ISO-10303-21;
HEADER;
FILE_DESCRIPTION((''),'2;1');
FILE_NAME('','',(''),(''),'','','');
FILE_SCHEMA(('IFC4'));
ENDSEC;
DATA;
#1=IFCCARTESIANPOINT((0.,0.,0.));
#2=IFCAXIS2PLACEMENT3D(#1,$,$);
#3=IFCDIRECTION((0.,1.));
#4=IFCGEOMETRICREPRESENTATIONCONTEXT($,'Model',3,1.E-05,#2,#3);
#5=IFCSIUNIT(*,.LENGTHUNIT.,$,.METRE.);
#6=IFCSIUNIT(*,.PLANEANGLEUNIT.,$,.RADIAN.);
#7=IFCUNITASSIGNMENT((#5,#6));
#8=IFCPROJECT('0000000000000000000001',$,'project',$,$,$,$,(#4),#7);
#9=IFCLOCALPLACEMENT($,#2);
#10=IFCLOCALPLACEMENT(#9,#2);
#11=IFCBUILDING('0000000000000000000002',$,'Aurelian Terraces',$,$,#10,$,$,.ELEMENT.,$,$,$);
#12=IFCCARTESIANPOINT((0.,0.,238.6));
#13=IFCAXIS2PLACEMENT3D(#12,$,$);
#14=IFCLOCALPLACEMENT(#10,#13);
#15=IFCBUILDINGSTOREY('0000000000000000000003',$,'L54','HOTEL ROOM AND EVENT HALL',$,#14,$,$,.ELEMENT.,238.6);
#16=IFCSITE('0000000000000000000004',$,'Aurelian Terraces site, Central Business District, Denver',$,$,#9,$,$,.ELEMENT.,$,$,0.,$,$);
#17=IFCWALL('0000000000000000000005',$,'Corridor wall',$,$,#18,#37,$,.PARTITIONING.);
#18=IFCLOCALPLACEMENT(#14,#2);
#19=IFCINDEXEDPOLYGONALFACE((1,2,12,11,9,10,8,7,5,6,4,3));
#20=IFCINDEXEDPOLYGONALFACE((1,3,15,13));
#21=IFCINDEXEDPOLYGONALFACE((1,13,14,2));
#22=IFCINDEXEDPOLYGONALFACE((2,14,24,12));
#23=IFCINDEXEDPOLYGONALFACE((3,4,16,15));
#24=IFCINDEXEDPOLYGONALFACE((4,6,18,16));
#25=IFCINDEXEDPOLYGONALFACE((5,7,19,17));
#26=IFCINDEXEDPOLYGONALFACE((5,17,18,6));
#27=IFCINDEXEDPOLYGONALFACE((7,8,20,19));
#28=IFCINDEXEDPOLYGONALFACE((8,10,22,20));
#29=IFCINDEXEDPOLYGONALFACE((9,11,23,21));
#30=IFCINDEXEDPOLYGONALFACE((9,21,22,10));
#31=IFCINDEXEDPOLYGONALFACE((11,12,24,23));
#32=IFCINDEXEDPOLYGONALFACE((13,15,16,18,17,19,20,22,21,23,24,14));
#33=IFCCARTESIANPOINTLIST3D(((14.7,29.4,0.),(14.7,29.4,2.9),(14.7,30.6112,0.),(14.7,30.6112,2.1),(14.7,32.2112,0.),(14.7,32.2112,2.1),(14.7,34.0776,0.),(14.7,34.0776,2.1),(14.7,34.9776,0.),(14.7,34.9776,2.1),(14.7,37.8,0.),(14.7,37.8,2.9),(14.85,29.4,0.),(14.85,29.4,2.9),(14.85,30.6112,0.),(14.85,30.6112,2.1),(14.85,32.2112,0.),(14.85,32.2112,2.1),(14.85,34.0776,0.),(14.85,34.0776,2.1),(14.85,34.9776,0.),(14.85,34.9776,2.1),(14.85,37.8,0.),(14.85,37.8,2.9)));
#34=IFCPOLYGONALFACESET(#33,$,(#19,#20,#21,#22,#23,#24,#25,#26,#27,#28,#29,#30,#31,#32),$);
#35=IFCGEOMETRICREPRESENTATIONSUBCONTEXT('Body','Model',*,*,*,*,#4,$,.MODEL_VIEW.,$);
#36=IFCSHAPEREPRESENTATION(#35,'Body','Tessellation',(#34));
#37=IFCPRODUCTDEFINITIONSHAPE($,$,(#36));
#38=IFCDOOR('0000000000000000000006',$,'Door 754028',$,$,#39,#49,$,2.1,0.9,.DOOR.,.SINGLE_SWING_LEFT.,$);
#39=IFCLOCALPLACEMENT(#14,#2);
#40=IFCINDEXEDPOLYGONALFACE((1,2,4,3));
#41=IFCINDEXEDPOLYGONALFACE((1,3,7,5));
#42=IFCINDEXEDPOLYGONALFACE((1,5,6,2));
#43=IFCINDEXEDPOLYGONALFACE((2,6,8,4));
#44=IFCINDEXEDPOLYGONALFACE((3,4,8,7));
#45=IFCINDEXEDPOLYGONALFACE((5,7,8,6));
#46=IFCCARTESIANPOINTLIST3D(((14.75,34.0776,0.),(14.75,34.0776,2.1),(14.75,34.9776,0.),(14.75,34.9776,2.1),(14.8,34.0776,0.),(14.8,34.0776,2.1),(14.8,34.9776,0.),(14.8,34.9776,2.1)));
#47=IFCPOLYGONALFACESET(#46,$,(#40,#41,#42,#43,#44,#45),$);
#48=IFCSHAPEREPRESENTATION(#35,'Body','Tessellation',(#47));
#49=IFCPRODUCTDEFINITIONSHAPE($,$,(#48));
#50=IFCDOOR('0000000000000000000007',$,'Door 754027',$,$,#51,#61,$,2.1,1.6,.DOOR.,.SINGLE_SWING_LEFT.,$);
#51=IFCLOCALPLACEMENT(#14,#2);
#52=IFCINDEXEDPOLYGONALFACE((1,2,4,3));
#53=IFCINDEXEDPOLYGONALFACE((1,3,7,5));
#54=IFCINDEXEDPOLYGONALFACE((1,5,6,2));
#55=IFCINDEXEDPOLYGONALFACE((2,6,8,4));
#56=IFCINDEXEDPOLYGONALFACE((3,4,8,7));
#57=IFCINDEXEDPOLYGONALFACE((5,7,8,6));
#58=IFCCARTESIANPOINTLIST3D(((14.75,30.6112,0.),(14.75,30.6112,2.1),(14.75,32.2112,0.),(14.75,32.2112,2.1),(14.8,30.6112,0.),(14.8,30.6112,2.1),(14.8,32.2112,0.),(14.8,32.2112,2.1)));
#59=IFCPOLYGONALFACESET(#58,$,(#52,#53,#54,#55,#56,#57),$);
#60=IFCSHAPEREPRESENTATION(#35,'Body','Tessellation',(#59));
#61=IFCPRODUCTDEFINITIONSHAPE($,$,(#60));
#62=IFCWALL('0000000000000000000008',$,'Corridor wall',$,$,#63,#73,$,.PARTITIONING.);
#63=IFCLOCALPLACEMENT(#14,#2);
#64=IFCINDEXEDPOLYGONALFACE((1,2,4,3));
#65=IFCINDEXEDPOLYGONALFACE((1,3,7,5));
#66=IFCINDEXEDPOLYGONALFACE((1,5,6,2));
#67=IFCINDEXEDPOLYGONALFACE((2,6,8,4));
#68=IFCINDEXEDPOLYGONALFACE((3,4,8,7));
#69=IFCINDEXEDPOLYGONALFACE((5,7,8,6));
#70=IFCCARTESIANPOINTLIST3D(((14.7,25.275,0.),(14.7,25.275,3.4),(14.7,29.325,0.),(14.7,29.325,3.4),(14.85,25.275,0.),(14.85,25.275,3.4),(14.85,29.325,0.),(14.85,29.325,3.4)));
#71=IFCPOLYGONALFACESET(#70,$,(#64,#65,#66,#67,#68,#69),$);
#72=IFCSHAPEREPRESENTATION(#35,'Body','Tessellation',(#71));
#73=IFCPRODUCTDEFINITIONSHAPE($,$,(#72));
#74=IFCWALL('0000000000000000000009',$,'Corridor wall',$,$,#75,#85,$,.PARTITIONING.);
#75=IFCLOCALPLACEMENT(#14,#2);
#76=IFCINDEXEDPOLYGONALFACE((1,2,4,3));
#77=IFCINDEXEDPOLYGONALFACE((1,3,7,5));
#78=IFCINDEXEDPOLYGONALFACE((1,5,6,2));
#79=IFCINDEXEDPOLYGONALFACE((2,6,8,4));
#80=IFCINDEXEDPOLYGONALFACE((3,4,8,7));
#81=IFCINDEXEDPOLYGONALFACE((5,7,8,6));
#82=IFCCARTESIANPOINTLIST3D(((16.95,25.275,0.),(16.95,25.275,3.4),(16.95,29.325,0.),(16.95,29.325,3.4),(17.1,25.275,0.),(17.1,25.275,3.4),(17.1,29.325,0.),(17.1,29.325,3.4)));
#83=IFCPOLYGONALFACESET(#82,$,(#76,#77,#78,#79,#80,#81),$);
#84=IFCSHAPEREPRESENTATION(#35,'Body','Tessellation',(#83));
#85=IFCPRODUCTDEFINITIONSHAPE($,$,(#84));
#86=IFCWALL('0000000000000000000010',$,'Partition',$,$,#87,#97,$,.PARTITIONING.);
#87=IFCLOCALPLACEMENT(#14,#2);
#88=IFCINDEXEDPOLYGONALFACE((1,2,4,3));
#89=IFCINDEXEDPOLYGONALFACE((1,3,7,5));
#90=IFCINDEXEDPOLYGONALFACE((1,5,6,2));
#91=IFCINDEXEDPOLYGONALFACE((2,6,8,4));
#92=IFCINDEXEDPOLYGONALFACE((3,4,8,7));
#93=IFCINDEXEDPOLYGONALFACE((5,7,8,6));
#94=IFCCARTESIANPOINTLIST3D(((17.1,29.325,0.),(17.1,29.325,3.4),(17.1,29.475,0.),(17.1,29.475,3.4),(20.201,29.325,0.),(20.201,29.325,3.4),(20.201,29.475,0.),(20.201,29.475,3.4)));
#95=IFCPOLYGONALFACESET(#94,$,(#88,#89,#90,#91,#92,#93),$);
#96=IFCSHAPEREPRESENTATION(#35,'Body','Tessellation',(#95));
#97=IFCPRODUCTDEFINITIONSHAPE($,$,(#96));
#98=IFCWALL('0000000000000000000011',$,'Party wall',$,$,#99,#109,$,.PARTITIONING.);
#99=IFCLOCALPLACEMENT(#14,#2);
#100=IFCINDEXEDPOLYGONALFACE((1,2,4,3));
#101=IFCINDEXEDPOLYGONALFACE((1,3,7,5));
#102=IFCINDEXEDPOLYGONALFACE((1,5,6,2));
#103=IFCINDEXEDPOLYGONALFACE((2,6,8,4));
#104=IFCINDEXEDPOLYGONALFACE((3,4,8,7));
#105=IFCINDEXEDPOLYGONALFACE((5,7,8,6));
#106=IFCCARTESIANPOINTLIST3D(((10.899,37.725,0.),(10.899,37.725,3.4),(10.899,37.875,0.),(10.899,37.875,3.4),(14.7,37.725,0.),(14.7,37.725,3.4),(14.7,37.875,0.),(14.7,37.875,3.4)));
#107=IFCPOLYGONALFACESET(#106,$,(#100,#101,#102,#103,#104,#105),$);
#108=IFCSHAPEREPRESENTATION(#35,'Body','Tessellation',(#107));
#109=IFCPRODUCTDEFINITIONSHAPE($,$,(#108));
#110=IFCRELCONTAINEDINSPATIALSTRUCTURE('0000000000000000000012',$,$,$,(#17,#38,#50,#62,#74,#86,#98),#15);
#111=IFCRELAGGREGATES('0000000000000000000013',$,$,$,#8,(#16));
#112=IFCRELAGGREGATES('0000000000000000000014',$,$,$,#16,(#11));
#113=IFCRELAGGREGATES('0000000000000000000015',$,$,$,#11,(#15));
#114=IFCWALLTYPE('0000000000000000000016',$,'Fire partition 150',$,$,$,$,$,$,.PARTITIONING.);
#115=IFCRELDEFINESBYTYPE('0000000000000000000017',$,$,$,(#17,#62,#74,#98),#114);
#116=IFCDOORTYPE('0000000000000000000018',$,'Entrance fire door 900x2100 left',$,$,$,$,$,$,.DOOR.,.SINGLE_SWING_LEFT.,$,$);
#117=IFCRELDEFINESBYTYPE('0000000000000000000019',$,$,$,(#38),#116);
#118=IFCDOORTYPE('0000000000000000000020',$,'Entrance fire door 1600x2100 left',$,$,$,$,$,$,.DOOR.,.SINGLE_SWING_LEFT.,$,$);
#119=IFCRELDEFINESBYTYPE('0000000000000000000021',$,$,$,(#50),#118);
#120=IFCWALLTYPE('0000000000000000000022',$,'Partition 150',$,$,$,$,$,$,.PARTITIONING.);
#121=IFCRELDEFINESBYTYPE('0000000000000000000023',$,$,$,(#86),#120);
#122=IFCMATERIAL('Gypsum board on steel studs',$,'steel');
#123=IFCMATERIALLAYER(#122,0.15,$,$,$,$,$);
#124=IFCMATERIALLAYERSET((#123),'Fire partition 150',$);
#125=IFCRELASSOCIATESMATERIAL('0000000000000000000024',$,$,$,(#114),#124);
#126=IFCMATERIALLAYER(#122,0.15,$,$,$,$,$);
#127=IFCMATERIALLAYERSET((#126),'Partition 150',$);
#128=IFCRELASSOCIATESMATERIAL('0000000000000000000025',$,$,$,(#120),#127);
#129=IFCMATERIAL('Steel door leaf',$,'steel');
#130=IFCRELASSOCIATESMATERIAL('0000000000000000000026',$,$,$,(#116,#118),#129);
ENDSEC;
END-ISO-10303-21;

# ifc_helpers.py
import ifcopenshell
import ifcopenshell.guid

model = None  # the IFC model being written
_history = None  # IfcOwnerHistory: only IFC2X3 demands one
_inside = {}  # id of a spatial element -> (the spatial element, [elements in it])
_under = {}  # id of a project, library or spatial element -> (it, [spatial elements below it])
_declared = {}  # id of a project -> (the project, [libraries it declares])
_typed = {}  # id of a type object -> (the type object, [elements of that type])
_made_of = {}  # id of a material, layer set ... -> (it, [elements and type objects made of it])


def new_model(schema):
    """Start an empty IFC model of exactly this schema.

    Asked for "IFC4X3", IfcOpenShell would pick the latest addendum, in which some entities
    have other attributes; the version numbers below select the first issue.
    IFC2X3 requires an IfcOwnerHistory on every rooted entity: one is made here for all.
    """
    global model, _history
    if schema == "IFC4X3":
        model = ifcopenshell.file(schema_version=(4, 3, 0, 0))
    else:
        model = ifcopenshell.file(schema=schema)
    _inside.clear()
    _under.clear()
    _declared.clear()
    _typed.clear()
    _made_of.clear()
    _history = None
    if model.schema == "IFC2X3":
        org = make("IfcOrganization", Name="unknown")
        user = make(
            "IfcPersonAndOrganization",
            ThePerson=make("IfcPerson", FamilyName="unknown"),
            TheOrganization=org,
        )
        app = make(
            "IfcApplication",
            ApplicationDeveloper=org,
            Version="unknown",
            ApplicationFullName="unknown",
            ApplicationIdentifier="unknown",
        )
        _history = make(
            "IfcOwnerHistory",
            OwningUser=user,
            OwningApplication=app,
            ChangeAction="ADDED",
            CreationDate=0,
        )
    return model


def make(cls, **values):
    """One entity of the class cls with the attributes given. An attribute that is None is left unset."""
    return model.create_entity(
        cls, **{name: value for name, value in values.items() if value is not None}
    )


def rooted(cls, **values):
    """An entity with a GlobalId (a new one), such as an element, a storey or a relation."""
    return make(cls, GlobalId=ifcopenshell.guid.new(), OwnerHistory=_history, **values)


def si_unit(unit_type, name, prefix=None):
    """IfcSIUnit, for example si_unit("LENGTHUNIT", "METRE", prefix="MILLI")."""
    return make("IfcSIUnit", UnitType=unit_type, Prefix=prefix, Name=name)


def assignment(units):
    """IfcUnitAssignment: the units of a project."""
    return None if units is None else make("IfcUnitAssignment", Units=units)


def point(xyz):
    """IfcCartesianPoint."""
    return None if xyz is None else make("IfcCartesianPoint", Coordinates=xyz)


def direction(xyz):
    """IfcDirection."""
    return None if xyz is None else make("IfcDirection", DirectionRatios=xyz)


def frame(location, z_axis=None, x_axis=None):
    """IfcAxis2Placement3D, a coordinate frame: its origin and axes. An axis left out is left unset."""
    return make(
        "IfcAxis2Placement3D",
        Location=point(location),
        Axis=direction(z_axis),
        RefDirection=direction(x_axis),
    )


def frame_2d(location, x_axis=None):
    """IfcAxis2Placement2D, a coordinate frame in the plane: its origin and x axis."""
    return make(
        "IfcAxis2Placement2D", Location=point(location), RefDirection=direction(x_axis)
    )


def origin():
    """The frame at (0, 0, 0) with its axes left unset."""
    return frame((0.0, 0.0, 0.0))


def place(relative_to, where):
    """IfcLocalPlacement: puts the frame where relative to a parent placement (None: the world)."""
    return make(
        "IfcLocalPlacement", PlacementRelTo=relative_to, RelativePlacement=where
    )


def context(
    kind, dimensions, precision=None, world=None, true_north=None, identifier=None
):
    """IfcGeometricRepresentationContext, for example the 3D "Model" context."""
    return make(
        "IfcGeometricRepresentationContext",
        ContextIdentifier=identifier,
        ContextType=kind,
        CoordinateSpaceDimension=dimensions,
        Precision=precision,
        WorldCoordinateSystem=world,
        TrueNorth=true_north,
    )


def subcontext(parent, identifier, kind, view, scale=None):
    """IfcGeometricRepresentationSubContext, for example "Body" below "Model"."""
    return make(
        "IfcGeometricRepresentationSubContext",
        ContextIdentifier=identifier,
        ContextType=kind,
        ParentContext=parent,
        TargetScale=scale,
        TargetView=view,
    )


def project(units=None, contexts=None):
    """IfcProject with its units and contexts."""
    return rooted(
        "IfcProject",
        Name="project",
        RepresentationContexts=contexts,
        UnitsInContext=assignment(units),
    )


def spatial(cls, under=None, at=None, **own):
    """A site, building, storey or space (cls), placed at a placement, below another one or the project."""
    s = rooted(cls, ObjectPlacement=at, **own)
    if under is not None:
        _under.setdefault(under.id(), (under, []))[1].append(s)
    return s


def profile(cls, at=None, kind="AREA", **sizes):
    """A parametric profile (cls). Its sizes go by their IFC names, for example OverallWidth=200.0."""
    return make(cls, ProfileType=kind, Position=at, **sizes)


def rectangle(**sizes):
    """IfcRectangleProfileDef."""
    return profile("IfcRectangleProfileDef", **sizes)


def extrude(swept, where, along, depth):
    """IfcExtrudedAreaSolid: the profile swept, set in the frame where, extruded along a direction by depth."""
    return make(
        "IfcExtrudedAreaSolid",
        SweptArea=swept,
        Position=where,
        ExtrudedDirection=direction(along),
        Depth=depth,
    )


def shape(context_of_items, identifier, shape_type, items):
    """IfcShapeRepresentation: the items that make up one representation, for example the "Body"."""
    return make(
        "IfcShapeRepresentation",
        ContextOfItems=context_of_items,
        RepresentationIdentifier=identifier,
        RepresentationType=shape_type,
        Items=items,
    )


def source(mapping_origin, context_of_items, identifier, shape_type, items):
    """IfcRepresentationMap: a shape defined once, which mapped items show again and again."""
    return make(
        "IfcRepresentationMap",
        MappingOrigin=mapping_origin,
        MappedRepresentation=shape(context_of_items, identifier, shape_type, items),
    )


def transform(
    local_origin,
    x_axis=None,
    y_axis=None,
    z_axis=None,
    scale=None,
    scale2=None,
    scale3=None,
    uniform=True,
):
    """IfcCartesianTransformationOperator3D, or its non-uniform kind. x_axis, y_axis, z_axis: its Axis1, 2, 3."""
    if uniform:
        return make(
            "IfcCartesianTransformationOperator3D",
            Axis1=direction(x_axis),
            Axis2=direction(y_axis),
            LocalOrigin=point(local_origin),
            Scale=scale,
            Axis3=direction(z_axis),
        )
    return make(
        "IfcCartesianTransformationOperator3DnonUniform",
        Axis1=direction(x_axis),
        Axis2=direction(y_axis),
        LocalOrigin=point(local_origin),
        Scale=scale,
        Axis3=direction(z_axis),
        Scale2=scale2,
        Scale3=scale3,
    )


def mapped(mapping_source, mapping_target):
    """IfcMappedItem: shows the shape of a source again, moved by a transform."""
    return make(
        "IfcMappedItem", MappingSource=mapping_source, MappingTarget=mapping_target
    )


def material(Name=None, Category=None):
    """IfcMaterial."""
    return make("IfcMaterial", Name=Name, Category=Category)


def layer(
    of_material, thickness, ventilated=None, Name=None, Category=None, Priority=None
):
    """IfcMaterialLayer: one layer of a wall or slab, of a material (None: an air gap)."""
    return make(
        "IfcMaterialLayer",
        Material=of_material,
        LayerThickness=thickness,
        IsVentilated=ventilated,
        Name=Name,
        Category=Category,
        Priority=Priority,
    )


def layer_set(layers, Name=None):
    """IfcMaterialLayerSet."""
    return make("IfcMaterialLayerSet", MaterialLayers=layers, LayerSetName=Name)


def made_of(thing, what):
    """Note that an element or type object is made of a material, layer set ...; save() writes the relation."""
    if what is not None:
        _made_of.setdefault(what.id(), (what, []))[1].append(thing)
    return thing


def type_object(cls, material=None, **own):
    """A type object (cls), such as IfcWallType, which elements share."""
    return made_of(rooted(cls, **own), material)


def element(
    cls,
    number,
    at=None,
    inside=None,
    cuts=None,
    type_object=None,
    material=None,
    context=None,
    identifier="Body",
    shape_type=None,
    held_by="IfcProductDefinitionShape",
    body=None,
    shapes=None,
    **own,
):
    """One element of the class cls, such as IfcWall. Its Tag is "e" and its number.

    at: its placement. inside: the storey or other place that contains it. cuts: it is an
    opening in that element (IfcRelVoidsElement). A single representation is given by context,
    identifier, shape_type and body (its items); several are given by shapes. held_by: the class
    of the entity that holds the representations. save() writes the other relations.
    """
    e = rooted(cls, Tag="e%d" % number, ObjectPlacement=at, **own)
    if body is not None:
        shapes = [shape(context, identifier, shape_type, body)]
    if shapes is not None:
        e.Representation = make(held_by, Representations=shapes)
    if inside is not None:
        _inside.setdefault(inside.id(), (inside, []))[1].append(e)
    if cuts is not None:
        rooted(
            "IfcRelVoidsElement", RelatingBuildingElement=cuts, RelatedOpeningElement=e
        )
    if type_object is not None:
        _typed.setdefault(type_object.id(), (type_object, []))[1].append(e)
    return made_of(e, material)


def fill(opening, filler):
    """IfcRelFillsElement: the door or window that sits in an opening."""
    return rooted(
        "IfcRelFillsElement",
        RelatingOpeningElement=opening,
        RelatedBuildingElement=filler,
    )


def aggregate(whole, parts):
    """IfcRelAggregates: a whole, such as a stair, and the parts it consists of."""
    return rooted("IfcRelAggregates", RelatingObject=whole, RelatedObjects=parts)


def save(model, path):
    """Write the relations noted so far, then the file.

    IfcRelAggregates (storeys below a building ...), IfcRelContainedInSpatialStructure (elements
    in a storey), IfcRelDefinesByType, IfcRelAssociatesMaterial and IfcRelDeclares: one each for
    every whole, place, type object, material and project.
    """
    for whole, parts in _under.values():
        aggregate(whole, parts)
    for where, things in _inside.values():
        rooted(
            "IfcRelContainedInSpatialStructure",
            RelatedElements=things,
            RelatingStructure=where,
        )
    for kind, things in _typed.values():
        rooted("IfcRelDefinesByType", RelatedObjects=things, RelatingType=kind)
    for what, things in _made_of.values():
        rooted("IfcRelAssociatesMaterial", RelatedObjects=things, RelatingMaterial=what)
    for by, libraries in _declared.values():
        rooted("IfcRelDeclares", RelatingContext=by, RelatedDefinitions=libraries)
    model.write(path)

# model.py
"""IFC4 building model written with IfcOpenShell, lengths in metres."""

from ifc_helpers import new_model, si_unit, direction, frame, frame_2d, origin, place, context, subcontext, project, spatial, rectangle, extrude, source, transform, mapped, material, layer, layer_set, type_object, element, fill, save


model = new_model("IFC4")

# Units and contexts
model_context = context("Model", 3, precision=1e-05, world=origin(), true_north=direction((0.0, 1.0)))
body_context = subcontext(model_context, "Body", "Model", "MODEL_VIEW")
ifc_project = project(units=[si_unit("LENGTHUNIT", "METRE"), si_unit("PLANEANGLEUNIT", "RADIAN")], contexts=[model_context])

# Site, building, storey
site_placement = place(None, origin())
site = spatial("IfcSite", under=ifc_project, at=site_placement, Name="Aurelian Terraces site, Central Business District, Denver", CompositionType="ELEMENT", RefElevation=0.0)
building_placement = place(site_placement, origin())
building = spatial("IfcBuilding", under=site, at=building_placement, Name="Aurelian Terraces", CompositionType="ELEMENT")
storey_placement = place(building_placement, frame((0.0, 0.0, 238.6)))
storey = spatial("IfcBuildingStorey", under=building, at=storey_placement, Name="L54", Description="HOTEL ROOM AND EVENT HALL", CompositionType="ELEMENT", Elevation=238.6)

# Shared definitions
ifc_material_1 = material(Name="Gypsum board on steel studs", Category="steel")
ifc_layer_1 = layer(ifc_material_1, 0.15)
ifc_layer_set_1 = layer_set([ifc_layer_1], Name="Fire partition 150")
wall_type_1 = type_object("IfcWallType", Name="Fire partition 150", PredefinedType="PARTITIONING", material=ifc_layer_set_1)
shared_shape_1 = source(origin(), body_context, "Body", "SweptSolid", [
    extrude(rectangle(XDim=0.9, YDim=2.1, at=frame_2d((0.45, 1.05))), frame((0.0, 0.085, 0.0), z_axis=(0.0, -1.0, 0.0), x_axis=(1.0, 0.0, 0.0)), (0.0, 0.0, 1.0), 0.17),
])
shared_shape_2 = source(origin(), body_context, "Body", "SweptSolid", [
    extrude(rectangle(XDim=0.9, YDim=2.1, at=frame_2d((0.45, 1.05))), frame((0.0, 0.025, 0.0), z_axis=(0.0, -1.0, 0.0), x_axis=(1.0, 0.0, 0.0)), (0.0, 0.0, 1.0), 0.05),
])
ifc_layer_2 = layer(ifc_material_1, 0.15)
ifc_layer_set_2 = layer_set([ifc_layer_2], Name="Partition 150")
wall_type_2 = type_object("IfcWallType", Name="Partition 150", PredefinedType="PARTITIONING", material=ifc_layer_set_2)

# Wall, openings, doors
shared_shape_3 = source(origin(), body_context, "Body", "SweptSolid", [
    extrude(rectangle(XDim=8.4, YDim=0.15, at=frame_2d((4.2, 0.0))), origin(), (0.0, 0.0, 1.0), 2.9),
])
wall_1_placement = place(storey_placement, frame((14.775, 29.4, 0.0), z_axis=(0.0, 0.0, 1.0), x_axis=(0.0, 1.0, 0.0)))
wall_1 = element("IfcWall", 1, at=wall_1_placement, inside=storey, type_object=wall_type_1, Name="Corridor wall", PredefinedType="PARTITIONING", context=body_context, shape_type="MappedRepresentation", body=[
    mapped(shared_shape_3, transform((0.0, 0.0, 0.0), scale=1.0)),
])
shared_shape_4 = source(origin(), body_context, "Body", "SweptSolid", [
    extrude(rectangle(XDim=1.6, YDim=2.1, at=frame_2d((0.8, 1.05))), frame((0.0, 0.085, 0.0), z_axis=(0.0, -1.0, 0.0), x_axis=(1.0, 0.0, 0.0)), (0.0, 0.0, 1.0), 0.17),
])
opening_1_placement = place(wall_1_placement, frame((1.2112, 0.0, 0.0)))
opening_1 = element("IfcOpeningElement", 2, at=opening_1_placement, cuts=wall_1, PredefinedType="OPENING", context=body_context, shape_type="MappedRepresentation", body=[
    mapped(shared_shape_4, transform((0.0, 0.0, 0.0), scale=1.0)),
])
opening_2_placement = place(wall_1_placement, frame((4.6776, 0.0, 0.0)))
opening_2 = element("IfcOpeningElement", 3, at=opening_2_placement, cuts=wall_1, PredefinedType="OPENING", context=body_context, shape_type="MappedRepresentation", body=[
    mapped(shared_shape_1, transform((0.0, 0.0, 0.0), scale=1.0)),
])
ifc_material_2 = material(Name="Steel door leaf", Category="steel")
door_type_1 = type_object("IfcDoorType", Name="Entrance fire door 900x2100 left", OperationType="SINGLE_SWING_LEFT", PredefinedType="DOOR", material=ifc_material_2)
door_1_placement = place(opening_2_placement, origin())
door_1 = element("IfcDoor", 4, at=door_1_placement, inside=storey, type_object=door_type_1, Name="Door 754028", OperationType="SINGLE_SWING_LEFT", OverallHeight=2.1, OverallWidth=0.9, PredefinedType="DOOR", context=body_context, shape_type="MappedRepresentation", body=[
    mapped(shared_shape_2, transform((0.0, 0.0, 0.0), scale=1.0)),
])
fill(opening_2, door_1)
door_type_2 = type_object("IfcDoorType", Name="Entrance fire door 1600x2100 left", OperationType="SINGLE_SWING_LEFT", PredefinedType="DOOR", material=ifc_material_2)
shared_shape_5 = source(origin(), body_context, "Body", "SweptSolid", [
    extrude(rectangle(XDim=1.6, YDim=2.1, at=frame_2d((0.8, 1.05))), frame((0.0, 0.025, 0.0), z_axis=(0.0, -1.0, 0.0), x_axis=(1.0, 0.0, 0.0)), (0.0, 0.0, 1.0), 0.05),
])
door_2_placement = place(opening_1_placement, origin())
door_2 = element("IfcDoor", 5, at=door_2_placement, inside=storey, type_object=door_type_2, Name="Door 754027", OperationType="SINGLE_SWING_LEFT", OverallHeight=2.1, OverallWidth=1.6, PredefinedType="DOOR", context=body_context, shape_type="MappedRepresentation", body=[
    mapped(shared_shape_5, transform((0.0, 0.0, 0.0), scale=1.0)),
])
fill(opening_1, door_2)

# Walls
shared_shape_6 = source(origin(), body_context, "Body", "SweptSolid", [
    extrude(rectangle(XDim=4.05, YDim=0.15, at=frame_2d((2.025, 0.0))), origin(), (0.0, 0.0, 1.0), 3.4),
])
for number, where, z_axis, x_axis, name in (
    (6, (14.775, 25.275, 0.0), (0.0, 0.0, 1.0), (0.0, 1.0, 0.0), "Corridor wall"),
    (7, (17.025, 29.325, 0.0), (0.0, 0.0, 1.0), (0.0, -1.0, 0.0), "Corridor wall"),
):
    element("IfcWall", number, at=place(storey_placement, frame(where, z_axis=z_axis, x_axis=x_axis)), inside=storey, type_object=wall_type_1, Name=name, PredefinedType="PARTITIONING", context=body_context, shape_type="MappedRepresentation", body=[
        mapped(shared_shape_6, transform((0.0, 0.0, 0.0), scale=1.0)),
    ])
shared_shape_7 = source(origin(), body_context, "Body", "SweptSolid", [
    extrude(rectangle(XDim=3.101, YDim=0.15, at=frame_2d((1.5505, 0.0))), origin(), (0.0, 0.0, 1.0), 3.4),
])
wall_2_placement = place(storey_placement, frame((20.201, 29.4, 0.0), z_axis=(0.0, 0.0, 1.0), x_axis=(-1.0, 0.0, 0.0)))
element("IfcWall", 8, at=wall_2_placement, inside=storey, type_object=wall_type_2, Name="Partition", PredefinedType="PARTITIONING", context=body_context, shape_type="MappedRepresentation", body=[
    mapped(shared_shape_7, transform((0.0, 0.0, 0.0), scale=1.0)),
])
shared_shape_8 = source(origin(), body_context, "Body", "SweptSolid", [
    extrude(rectangle(XDim=3.801, YDim=0.15, at=frame_2d((1.9005, 0.0))), origin(), (0.0, 0.0, 1.0), 3.4),
])
wall_3_placement = place(storey_placement, frame((14.7, 37.8, 0.0), z_axis=(0.0, 0.0, 1.0), x_axis=(-1.0, 0.0, 0.0)))
element("IfcWall", 9, at=wall_3_placement, inside=storey, type_object=wall_type_1, Name="Party wall", PredefinedType="PARTITIONING", context=body_context, shape_type="MappedRepresentation", body=[
    mapped(shared_shape_8, transform((0.0, 0.0, 0.0), scale=1.0)),
])

save(model, "model.ifc")
